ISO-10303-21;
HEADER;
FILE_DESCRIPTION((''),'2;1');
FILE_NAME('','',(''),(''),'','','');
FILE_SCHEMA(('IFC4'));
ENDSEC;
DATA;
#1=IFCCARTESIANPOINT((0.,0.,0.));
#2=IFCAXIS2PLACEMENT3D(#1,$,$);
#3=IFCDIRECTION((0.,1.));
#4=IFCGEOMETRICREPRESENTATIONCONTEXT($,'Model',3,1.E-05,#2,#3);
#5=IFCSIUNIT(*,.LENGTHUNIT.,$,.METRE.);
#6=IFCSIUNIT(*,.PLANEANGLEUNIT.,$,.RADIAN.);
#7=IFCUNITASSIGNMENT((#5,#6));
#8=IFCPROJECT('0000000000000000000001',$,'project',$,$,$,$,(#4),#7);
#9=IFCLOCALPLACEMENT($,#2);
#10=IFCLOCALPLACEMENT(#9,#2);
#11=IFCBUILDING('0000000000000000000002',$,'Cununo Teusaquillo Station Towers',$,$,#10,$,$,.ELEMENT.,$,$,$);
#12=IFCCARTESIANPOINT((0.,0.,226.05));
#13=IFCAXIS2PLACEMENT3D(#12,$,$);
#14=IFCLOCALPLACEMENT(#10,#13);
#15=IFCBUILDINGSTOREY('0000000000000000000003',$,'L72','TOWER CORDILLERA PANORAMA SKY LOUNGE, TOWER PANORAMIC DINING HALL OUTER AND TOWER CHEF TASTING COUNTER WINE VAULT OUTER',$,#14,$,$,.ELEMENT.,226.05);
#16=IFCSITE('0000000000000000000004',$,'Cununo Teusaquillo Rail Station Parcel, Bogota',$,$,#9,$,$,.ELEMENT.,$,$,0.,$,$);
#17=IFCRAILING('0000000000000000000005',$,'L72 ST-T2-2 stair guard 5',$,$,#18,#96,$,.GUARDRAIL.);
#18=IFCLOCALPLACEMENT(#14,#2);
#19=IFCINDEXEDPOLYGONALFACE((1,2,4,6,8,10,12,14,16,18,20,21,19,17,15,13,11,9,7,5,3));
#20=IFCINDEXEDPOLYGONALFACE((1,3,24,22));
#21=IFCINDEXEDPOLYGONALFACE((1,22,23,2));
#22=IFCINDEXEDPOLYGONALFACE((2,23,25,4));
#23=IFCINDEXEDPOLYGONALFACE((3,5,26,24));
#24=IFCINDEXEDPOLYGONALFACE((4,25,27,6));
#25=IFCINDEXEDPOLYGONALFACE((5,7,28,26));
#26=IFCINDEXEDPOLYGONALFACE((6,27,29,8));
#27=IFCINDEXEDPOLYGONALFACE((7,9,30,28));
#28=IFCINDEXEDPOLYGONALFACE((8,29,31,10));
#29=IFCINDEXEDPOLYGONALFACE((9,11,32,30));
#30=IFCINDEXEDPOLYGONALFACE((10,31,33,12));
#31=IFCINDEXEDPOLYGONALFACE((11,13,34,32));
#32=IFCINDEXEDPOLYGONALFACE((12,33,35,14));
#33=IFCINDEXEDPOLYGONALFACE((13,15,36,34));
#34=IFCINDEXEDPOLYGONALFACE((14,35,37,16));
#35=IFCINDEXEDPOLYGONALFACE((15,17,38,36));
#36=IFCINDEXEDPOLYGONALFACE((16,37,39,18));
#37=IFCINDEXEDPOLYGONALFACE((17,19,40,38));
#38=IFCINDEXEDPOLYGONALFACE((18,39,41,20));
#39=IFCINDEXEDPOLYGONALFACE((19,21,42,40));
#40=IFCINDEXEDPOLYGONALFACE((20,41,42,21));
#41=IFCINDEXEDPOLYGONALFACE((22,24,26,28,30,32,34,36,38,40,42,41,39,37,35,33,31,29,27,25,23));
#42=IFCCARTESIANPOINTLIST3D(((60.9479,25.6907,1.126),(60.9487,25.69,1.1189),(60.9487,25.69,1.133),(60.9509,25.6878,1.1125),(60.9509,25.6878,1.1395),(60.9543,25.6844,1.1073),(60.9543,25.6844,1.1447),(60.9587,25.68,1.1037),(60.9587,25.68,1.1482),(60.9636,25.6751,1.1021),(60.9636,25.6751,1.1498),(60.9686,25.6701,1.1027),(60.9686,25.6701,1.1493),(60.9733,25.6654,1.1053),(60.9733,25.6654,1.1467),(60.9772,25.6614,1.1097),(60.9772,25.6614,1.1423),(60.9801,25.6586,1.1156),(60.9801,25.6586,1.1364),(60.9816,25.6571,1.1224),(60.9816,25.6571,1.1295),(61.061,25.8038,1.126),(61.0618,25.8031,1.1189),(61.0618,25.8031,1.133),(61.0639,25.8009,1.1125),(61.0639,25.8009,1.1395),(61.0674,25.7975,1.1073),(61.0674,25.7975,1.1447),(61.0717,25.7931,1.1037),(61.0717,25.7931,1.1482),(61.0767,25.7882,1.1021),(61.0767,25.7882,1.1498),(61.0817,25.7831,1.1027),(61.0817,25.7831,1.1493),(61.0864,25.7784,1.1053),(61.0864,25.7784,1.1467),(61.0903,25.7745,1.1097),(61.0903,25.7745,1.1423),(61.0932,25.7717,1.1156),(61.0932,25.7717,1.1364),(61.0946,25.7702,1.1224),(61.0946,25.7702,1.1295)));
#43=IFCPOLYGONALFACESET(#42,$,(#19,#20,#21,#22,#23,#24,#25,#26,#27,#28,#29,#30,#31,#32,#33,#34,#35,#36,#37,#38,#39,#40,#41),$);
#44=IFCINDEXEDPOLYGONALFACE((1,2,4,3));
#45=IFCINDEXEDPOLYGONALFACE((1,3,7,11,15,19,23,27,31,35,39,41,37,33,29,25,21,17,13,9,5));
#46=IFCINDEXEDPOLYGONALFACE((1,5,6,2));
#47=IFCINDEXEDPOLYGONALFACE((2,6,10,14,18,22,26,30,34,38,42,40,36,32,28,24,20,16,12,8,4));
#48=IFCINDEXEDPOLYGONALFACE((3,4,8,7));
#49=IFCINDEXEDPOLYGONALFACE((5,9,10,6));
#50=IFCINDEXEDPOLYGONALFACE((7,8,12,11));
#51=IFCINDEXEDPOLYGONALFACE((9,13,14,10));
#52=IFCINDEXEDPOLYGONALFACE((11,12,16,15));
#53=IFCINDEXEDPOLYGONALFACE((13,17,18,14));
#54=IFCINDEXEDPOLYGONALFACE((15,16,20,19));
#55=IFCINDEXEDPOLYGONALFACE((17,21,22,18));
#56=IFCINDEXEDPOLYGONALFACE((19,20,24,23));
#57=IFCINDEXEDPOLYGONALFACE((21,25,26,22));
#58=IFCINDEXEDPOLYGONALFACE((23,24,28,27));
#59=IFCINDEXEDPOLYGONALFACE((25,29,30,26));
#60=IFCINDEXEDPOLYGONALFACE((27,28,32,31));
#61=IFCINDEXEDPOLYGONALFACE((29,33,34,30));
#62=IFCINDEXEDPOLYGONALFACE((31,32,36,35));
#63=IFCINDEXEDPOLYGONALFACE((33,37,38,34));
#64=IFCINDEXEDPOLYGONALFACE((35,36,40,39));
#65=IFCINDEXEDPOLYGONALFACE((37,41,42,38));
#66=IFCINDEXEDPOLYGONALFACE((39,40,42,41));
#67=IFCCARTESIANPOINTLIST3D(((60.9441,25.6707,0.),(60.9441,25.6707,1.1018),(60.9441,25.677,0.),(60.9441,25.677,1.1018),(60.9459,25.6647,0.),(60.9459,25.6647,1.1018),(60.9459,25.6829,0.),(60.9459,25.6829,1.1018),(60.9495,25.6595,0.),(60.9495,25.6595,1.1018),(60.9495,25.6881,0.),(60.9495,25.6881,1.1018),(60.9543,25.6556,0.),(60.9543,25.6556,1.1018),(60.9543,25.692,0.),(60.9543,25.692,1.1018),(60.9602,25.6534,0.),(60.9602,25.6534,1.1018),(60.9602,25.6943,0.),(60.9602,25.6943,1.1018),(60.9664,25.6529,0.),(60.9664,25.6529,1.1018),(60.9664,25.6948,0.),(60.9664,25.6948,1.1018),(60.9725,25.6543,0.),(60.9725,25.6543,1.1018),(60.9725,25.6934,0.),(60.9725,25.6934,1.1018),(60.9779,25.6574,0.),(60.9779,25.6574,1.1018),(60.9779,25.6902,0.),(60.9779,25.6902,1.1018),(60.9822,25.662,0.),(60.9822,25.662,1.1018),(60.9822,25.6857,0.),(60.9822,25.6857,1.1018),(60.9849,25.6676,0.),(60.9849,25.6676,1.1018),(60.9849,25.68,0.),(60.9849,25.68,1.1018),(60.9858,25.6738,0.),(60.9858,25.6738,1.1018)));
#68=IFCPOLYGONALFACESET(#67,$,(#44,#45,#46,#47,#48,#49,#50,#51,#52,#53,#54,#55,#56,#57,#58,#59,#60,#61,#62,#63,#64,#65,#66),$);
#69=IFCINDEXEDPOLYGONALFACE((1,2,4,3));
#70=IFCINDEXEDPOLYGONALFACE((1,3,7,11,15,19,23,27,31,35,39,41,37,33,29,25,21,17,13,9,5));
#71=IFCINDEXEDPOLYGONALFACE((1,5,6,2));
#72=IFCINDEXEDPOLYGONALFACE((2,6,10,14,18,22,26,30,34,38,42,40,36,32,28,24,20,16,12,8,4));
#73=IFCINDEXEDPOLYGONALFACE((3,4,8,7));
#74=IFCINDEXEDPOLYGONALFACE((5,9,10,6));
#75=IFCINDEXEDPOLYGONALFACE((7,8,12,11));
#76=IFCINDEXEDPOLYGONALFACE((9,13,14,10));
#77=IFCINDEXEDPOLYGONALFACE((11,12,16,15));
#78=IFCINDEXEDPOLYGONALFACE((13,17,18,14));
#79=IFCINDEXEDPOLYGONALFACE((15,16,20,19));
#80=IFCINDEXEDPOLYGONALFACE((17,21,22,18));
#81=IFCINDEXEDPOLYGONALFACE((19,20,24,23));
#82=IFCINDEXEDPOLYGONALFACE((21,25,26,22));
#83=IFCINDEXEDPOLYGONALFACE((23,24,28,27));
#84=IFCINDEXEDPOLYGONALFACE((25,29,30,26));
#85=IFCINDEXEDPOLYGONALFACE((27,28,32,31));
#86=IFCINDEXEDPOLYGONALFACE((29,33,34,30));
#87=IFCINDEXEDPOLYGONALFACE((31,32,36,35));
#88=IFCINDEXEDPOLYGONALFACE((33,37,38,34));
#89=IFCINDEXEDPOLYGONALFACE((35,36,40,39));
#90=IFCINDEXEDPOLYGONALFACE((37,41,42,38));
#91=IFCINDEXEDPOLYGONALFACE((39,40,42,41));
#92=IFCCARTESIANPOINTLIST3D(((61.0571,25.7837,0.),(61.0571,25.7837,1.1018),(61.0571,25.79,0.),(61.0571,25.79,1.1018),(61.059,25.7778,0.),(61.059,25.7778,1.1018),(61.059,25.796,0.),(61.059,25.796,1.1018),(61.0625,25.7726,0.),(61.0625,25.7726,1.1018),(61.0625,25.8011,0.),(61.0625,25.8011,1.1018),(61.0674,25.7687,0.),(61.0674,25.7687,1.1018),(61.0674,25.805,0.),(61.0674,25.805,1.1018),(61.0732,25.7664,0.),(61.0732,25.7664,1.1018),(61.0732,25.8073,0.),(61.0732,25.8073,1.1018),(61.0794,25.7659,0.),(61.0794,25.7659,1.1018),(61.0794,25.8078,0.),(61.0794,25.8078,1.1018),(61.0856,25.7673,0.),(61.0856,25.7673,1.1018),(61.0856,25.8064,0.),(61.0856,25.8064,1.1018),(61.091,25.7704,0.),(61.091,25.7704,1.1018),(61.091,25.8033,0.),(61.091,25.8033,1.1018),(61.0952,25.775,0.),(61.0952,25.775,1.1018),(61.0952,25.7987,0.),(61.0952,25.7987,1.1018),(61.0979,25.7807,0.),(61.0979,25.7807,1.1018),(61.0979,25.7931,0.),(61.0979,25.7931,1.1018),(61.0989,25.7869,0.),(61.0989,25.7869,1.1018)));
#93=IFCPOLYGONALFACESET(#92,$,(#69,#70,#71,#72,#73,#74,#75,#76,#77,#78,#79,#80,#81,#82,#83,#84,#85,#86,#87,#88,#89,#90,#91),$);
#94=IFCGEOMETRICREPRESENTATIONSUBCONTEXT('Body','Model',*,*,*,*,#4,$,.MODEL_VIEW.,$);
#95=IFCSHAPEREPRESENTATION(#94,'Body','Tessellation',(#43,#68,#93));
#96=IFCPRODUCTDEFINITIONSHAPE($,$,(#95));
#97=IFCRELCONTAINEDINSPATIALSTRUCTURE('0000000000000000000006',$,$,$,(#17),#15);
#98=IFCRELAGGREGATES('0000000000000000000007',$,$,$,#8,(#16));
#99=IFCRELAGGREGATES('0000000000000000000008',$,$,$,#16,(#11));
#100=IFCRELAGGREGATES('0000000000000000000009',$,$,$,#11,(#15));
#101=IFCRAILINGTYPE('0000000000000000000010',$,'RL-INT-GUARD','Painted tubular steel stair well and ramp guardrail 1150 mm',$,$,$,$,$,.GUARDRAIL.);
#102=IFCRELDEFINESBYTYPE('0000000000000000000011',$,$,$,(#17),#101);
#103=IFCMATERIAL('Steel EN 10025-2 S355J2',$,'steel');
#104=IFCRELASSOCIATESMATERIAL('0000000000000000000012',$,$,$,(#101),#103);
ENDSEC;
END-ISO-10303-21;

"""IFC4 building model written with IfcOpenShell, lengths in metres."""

from ifc_helpers import new_model, si_unit, direction, frame, origin, origin_2d, place, context, subcontext, project, spatial, circle, extrude, material, type_object, element, save


model = new_model("IFC4")

# Units and contexts
model_context = context("Model", 3, precision=1e-05, world=origin(), true_north=direction((0.0, 1.0)))
body_context = subcontext(model_context, "Body", "Model", "MODEL_VIEW")
ifc_project = project(units=[si_unit("LENGTHUNIT", "METRE"), si_unit("PLANEANGLEUNIT", "RADIAN")], contexts=[model_context])

# Site, building, storey
site_placement = place(None, origin())
site = spatial("IfcSite", under=ifc_project, at=site_placement, Name="Cununo Teusaquillo Rail Station Parcel, Bogota", CompositionType="ELEMENT", RefElevation=0.0)
building_placement = place(site_placement, origin())
building = spatial("IfcBuilding", under=site, at=building_placement, Name="Cununo Teusaquillo Station Towers", CompositionType="ELEMENT")
storey_placement = place(building_placement, frame((0.0, 0.0, 226.05)))
storey = spatial("IfcBuildingStorey", under=building, at=storey_placement, Name="L72", Description="TOWER CORDILLERA PANORAMA SKY LOUNGE, TOWER PANORAMIC DINING HALL OUTER AND TOWER CHEF TASTING COUNTER WINE VAULT OUTER", CompositionType="ELEMENT", Elevation=226.05)

# Railing
ifc_material_1 = material(Name="Steel EN 10025-2 S355J2", Category="steel")
railing_type_1 = type_object("IfcRailingType", Name="RL-INT-GUARD", Description="Painted tubular steel stair well and ramp guardrail 1150 mm", PredefinedType="GUARDRAIL", material=ifc_material_1)
railing_1_placement = place(storey_placement, frame((60.9648, 25.6738, 0.0)))
element("IfcRailing", 1, at=railing_1_placement, inside=storey, type_object=railing_type_1, Name="L72 ST-T2-2 stair guard 5", PredefinedType="GUARDRAIL", context=body_context, shape_type="SweptSolid", body=[
    extrude(circle(Radius=0.0239, at=origin_2d()), frame((0.0, 0.0, 1.126), z_axis=(0.707107, 0.707107, 0.0), x_axis=(-0.707107, 0.707107, 0.0)), (0.0, 0.0, 1.0), 0.1599),
    extrude(circle(Radius=0.021, at=origin_2d()), origin(), (0.0, 0.0, 1.0), 1.1018),
    extrude(circle(Radius=0.021, at=origin_2d()), frame((0.113, 0.113, 0.0)), (0.0, 0.0, 1.0), 1.1018),
])

save(model, "model.ifc")
